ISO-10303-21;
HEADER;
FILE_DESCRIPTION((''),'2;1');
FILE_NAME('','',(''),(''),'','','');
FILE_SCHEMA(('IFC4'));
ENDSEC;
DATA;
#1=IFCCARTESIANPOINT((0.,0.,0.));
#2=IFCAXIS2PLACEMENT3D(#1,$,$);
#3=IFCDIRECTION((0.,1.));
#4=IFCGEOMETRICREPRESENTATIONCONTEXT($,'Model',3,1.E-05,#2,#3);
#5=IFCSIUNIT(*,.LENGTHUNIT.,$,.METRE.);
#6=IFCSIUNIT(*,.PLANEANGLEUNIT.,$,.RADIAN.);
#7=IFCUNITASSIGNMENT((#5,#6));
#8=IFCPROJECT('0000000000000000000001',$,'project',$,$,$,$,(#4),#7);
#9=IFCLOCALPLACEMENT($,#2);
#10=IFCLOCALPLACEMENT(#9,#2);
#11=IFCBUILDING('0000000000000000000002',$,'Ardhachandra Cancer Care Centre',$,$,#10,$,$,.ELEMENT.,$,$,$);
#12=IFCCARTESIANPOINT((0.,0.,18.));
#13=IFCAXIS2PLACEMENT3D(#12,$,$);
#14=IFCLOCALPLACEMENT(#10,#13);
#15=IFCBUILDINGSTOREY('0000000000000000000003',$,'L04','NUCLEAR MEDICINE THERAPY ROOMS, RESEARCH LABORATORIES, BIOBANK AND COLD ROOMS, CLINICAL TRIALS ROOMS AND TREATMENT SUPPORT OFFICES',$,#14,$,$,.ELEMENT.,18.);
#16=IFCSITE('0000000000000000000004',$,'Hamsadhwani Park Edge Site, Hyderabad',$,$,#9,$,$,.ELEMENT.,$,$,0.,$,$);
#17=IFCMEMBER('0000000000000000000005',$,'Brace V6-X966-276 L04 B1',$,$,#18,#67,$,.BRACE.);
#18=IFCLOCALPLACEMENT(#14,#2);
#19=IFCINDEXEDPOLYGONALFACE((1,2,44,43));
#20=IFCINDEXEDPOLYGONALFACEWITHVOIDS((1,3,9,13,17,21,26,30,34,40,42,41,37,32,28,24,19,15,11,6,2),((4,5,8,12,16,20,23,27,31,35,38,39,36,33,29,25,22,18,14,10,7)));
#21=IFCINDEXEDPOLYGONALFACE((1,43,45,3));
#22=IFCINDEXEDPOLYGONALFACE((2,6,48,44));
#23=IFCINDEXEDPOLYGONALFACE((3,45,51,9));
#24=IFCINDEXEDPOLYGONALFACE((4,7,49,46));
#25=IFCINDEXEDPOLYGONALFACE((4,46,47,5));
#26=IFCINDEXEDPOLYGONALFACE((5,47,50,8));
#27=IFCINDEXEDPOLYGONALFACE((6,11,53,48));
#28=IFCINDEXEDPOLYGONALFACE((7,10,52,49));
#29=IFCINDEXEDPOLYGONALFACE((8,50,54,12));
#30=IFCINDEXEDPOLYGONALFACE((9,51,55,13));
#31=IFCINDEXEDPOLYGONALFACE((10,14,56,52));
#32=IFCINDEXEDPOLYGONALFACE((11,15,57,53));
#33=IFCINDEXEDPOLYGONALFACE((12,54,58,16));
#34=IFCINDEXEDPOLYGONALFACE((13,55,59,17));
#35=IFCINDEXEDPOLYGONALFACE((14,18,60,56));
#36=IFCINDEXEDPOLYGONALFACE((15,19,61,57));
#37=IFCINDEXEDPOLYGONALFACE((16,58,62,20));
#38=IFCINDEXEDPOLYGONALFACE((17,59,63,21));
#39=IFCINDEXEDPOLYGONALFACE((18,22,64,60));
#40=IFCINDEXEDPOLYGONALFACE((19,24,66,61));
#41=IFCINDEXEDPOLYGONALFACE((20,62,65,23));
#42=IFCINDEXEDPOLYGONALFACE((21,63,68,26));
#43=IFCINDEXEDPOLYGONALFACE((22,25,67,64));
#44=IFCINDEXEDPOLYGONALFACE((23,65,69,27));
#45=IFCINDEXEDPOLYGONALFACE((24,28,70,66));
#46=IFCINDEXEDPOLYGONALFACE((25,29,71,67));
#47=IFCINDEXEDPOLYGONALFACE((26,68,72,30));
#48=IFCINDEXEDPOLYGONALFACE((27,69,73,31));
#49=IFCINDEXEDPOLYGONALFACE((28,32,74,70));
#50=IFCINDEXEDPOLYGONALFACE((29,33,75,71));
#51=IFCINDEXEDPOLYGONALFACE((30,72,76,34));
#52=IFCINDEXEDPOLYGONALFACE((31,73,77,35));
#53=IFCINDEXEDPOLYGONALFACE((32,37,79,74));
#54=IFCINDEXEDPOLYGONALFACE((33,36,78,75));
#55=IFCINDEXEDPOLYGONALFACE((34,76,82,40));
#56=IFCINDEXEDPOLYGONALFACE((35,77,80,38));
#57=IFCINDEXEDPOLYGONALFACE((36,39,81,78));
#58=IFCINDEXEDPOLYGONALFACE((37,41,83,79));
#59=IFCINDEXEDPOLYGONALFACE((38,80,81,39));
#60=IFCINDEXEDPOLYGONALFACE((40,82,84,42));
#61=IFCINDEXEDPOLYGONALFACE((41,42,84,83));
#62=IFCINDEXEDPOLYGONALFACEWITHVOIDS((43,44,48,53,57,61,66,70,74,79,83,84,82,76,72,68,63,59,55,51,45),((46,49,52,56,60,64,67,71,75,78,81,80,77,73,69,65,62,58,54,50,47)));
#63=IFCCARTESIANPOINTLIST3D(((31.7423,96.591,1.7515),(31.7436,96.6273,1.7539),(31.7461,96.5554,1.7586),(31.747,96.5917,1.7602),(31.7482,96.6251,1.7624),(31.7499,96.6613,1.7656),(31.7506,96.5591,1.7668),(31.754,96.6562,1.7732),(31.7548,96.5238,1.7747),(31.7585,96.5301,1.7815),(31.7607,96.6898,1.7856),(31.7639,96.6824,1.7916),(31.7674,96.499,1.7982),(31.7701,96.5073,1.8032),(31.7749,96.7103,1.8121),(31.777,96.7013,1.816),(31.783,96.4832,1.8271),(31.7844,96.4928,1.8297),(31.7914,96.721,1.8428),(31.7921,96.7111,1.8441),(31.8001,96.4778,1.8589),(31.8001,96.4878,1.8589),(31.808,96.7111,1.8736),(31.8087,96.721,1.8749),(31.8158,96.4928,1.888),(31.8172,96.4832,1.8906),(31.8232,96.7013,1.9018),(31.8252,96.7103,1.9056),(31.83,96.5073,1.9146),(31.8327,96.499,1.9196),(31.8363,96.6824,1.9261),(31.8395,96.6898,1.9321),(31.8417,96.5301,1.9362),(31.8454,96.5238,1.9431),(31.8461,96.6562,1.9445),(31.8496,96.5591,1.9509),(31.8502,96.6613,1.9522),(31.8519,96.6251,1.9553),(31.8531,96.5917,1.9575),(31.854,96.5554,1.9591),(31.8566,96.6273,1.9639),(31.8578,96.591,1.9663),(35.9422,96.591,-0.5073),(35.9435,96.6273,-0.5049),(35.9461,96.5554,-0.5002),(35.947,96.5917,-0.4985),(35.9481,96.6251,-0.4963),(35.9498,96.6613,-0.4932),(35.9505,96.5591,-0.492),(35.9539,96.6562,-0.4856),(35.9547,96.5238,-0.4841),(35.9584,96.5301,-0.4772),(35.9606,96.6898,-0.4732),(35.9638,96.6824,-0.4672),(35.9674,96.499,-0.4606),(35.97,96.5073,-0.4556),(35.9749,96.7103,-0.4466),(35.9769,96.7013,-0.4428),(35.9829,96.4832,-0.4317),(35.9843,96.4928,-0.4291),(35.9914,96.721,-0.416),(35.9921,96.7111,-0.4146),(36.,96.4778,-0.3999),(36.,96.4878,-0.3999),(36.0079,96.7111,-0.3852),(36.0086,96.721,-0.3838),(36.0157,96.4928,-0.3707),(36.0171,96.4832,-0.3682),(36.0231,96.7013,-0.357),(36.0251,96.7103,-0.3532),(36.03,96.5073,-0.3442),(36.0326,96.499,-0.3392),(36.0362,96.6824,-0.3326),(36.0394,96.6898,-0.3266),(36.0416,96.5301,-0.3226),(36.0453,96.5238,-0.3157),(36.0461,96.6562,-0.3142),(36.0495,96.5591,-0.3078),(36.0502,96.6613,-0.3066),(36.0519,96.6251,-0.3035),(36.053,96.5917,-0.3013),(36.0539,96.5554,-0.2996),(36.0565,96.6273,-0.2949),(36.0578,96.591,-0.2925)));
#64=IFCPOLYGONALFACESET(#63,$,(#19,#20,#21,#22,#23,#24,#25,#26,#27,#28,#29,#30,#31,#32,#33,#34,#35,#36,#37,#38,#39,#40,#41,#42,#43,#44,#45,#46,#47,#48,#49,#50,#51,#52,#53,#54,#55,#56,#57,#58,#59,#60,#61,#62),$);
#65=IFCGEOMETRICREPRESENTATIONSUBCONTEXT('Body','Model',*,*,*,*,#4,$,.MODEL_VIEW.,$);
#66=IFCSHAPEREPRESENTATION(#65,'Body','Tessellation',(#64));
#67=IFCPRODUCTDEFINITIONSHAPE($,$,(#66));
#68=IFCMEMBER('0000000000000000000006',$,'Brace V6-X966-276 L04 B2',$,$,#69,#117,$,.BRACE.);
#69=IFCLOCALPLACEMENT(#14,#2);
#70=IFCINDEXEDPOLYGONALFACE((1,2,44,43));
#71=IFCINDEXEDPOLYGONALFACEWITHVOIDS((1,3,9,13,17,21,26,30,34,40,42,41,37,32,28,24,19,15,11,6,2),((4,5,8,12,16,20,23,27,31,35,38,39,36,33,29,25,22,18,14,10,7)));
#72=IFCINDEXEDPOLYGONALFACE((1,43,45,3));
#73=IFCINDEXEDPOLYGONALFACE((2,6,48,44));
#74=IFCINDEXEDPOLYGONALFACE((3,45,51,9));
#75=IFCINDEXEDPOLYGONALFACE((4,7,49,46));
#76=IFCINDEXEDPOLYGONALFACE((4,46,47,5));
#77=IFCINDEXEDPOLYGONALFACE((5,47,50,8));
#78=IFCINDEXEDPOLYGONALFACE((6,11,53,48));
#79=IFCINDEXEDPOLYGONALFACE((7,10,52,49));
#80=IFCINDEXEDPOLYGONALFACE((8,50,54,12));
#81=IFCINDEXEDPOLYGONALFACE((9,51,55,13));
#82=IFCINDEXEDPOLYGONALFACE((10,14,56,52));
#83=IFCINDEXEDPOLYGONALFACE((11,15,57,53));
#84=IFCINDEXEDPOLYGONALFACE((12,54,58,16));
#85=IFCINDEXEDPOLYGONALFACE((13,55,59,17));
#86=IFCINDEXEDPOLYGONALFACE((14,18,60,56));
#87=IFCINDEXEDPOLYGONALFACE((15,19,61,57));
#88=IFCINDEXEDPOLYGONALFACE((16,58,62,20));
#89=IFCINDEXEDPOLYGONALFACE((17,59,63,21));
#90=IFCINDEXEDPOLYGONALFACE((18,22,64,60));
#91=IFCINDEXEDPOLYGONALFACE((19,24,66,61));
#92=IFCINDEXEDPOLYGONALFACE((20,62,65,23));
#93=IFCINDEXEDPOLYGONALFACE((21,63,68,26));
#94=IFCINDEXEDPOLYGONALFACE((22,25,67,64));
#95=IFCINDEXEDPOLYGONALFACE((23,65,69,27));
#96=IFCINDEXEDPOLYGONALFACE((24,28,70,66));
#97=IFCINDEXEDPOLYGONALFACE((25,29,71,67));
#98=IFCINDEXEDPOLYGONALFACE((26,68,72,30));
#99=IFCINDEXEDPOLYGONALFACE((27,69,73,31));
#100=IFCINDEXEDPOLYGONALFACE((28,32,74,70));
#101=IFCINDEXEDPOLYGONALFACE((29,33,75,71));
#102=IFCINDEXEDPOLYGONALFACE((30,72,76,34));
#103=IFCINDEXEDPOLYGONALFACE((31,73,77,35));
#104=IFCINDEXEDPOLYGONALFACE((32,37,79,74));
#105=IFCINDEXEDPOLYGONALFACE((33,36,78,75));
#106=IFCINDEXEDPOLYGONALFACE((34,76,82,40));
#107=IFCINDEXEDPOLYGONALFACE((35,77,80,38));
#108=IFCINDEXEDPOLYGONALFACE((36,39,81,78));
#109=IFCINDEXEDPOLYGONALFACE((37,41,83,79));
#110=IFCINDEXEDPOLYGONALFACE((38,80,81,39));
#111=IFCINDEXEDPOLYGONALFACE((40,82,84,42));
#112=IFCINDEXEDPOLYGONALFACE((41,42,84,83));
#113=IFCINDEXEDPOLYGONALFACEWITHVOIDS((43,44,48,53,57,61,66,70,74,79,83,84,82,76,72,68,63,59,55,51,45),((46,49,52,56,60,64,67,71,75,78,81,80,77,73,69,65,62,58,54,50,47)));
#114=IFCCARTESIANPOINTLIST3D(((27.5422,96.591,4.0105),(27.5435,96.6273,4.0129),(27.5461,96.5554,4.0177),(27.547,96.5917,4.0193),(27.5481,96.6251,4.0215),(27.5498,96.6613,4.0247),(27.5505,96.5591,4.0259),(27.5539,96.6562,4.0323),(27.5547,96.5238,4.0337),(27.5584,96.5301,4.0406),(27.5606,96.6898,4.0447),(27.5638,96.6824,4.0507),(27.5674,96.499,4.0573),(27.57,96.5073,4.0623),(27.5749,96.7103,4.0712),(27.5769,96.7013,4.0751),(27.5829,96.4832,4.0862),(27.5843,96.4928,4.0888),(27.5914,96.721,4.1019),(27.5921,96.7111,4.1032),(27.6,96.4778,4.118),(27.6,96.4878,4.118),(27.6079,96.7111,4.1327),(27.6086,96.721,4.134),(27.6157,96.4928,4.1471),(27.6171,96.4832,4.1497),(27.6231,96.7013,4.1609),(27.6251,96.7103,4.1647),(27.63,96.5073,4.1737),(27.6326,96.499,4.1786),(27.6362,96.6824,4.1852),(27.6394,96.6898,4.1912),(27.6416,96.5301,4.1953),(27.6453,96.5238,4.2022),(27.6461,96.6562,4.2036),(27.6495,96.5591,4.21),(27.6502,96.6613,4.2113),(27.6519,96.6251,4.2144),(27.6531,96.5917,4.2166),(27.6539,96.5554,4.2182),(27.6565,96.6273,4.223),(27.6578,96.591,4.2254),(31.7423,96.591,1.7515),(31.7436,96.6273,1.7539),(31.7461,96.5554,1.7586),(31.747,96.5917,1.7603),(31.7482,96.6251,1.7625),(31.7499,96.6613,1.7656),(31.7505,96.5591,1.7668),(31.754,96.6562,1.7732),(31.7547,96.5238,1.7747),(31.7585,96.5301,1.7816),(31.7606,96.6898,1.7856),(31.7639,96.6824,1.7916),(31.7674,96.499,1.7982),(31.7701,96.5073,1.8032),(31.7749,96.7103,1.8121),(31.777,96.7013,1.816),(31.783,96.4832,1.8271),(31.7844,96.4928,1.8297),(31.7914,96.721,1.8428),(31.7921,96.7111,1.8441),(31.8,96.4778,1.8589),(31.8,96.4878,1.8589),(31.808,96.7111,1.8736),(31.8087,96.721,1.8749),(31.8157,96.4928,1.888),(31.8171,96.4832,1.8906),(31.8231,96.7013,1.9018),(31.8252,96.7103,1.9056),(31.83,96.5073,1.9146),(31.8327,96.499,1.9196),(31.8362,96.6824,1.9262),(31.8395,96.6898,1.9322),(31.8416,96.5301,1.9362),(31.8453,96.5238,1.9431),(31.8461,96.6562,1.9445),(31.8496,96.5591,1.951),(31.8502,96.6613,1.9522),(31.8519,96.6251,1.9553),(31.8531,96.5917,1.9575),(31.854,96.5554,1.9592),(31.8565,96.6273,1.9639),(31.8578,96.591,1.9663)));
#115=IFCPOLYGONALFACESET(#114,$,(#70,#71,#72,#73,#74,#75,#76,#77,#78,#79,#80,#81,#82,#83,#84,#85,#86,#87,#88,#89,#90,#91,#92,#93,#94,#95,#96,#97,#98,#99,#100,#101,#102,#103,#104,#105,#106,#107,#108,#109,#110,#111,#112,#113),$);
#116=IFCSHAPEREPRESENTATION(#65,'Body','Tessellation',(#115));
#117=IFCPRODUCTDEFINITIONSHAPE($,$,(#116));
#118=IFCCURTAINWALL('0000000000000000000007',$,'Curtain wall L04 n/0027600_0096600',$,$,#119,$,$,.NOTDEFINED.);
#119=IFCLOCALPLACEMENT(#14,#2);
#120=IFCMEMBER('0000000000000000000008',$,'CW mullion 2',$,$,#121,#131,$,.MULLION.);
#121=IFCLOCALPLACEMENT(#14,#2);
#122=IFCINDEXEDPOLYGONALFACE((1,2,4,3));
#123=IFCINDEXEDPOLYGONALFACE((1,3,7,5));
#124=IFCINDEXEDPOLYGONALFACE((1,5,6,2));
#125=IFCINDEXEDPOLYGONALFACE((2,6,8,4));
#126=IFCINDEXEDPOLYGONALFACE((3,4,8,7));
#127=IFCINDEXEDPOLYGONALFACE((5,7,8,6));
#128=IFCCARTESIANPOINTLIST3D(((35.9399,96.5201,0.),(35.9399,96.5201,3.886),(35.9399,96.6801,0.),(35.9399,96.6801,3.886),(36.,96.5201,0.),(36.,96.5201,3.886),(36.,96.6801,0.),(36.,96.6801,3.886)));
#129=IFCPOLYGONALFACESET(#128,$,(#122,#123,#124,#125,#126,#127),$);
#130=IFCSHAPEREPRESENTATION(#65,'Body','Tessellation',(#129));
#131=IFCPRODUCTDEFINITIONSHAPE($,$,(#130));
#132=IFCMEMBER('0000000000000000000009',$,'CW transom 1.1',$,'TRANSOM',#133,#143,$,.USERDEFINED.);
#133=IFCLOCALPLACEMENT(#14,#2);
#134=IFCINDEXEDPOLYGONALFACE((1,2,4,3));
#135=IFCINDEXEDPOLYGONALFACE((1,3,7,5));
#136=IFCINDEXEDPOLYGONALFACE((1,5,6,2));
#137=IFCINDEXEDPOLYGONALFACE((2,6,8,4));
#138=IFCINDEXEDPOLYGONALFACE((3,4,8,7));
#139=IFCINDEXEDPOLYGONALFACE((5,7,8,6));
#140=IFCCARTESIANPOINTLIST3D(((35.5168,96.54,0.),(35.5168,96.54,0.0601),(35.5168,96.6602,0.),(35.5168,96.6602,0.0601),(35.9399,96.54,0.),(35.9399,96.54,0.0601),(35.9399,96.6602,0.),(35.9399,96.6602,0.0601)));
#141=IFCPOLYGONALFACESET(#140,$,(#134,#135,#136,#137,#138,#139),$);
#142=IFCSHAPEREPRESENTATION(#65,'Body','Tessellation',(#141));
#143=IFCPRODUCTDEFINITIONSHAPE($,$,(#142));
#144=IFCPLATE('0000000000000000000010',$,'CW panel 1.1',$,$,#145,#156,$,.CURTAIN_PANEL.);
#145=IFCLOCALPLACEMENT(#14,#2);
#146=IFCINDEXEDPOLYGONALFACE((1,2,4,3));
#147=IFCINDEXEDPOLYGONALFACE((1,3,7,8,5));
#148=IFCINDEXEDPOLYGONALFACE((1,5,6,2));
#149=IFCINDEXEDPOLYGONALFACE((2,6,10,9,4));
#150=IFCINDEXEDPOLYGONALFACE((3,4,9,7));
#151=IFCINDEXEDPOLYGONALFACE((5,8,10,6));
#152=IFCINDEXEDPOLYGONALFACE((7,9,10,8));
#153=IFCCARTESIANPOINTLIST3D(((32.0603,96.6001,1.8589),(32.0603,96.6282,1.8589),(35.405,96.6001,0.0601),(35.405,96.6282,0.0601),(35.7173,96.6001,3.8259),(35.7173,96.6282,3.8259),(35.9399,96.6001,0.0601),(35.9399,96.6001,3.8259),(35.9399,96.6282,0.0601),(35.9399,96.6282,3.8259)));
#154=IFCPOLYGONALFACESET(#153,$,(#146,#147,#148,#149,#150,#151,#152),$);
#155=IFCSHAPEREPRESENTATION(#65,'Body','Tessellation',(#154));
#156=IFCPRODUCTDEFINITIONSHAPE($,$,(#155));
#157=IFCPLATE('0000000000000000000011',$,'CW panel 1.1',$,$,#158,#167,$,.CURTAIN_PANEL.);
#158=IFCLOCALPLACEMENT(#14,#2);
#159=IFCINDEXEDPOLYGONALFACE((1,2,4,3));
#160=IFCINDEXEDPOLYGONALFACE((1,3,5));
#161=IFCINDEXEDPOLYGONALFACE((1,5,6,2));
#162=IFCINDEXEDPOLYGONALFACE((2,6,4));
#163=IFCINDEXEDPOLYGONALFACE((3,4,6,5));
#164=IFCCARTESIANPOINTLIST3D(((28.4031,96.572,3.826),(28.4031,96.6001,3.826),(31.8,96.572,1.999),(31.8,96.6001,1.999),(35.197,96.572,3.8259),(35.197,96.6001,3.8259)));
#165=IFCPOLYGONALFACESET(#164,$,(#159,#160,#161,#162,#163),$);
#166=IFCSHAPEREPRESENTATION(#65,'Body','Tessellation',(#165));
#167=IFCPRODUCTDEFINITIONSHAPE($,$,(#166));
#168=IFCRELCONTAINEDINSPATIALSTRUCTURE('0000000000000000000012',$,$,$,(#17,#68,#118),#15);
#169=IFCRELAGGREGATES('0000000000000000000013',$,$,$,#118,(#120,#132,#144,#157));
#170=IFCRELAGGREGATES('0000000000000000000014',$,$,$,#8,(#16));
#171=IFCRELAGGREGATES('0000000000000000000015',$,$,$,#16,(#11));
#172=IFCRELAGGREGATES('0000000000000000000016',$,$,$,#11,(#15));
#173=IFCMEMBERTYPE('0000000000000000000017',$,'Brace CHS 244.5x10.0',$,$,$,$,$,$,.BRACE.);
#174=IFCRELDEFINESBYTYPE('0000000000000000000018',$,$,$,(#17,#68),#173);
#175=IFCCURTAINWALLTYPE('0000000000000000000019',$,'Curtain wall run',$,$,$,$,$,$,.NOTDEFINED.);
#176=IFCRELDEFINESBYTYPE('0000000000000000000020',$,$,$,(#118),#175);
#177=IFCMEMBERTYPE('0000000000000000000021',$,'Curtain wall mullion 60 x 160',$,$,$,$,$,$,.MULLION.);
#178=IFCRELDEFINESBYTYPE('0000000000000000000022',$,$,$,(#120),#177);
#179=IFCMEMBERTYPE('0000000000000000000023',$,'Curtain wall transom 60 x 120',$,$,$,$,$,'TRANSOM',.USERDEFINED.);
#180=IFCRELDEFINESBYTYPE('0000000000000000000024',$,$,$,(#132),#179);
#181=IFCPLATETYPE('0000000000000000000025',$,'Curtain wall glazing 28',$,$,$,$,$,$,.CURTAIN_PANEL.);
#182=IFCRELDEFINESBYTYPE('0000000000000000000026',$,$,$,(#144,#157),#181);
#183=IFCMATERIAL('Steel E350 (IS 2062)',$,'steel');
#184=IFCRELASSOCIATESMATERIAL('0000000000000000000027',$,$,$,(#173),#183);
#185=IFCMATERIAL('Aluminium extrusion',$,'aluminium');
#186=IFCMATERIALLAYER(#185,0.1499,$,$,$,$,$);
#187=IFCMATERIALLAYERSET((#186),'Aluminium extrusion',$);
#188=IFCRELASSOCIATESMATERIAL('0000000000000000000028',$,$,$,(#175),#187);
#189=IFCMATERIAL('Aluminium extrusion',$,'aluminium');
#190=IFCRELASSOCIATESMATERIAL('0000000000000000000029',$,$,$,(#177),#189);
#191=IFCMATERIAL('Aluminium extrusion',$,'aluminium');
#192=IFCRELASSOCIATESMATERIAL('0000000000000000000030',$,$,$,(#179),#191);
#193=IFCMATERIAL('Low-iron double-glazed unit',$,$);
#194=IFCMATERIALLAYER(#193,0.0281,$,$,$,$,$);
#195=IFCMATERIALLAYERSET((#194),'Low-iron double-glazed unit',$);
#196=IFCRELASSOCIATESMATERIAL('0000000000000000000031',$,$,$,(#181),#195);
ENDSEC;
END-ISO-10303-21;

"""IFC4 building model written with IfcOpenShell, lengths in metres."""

from ifc_helpers import new_model, si_unit, direction, frame, origin, origin_2d, place, context, subcontext, project, spatial, polyline, rectangle, hollow_circle, outline, extrude, material, layer, layer_set, material_profile, profile_set, type_object, element, aggregate, save


model = new_model("IFC4")

# Units and contexts
model_context = context("Model", 3, precision=1e-05, world=origin(), true_north=direction((0.0, 1.0)))
body_context = subcontext(model_context, "Body", "Model", "MODEL_VIEW")
ifc_project = project(units=[si_unit("LENGTHUNIT", "METRE"), si_unit("PLANEANGLEUNIT", "RADIAN")], contexts=[model_context])

# Site, building, storey
site_placement = place(None, origin())
site = spatial("IfcSite", under=ifc_project, at=site_placement, Name="Hamsadhwani Park Edge Site, Hyderabad", CompositionType="ELEMENT", RefElevation=0.0)
building_placement = place(site_placement, origin())
building = spatial("IfcBuilding", under=site, at=building_placement, Name="Ardhachandra Cancer Care Centre", CompositionType="ELEMENT")
storey_placement = place(building_placement, frame((0.0, 0.0, 18.0)))
storey = spatial("IfcBuildingStorey", under=building, at=storey_placement, Name="L04", Description="NUCLEAR MEDICINE THERAPY ROOMS, RESEARCH LABORATORIES, BIOBANK AND COLD ROOMS, CLINICAL TRIALS ROOMS AND TREATMENT SUPPORT OFFICES", CompositionType="ELEMENT", Elevation=18.0)

# Members
ifc_material_1 = material(Name="Steel E350 (IS 2062)", Category="steel")
ifc_material_profile_1 = material_profile(ifc_material_1, hollow_circle(Radius=0.1223, WallThickness=0.01, at=origin_2d()), Name="CHS 244.5x10.0")
ifc_profile_set_1 = profile_set([ifc_material_profile_1], Name="Steel E350 (IS 2062)")
member_type_1 = type_object("IfcMemberType", Name="Brace CHS 244.5x10.0", PredefinedType="BRACE", material=ifc_profile_set_1)
member_1_placement = place(storey_placement, frame((36.0, 96.6001, -0.3999), z_axis=(-0.880709, 0.0, 0.473657), x_axis=(0.0, -1.0, 0.0)))
element("IfcMember", 1, at=member_1_placement, inside=storey, type_object=member_type_1, Name="Brace V6-X966-276 L04 B1", PredefinedType="BRACE", context=body_context, shape_type="SweptSolid", body=[
    extrude(hollow_circle(Radius=0.1223, WallThickness=0.01, at=origin_2d()), origin(), (0.0, 0.0, 1.0), 4.7688),
])
member_2_placement = place(storey_placement, frame((31.8, 96.6001, 1.8589), z_axis=(-0.880688, 0.0, 0.473697), x_axis=(0.0, -1.0, 0.0)))
element("IfcMember", 2, at=member_2_placement, inside=storey, type_object=member_type_1, Name="Brace V6-X966-276 L04 B2", PredefinedType="BRACE", context=body_context, shape_type="SweptSolid", body=[
    extrude(hollow_circle(Radius=0.1223, WallThickness=0.01, at=origin_2d()), origin(), (0.0, 0.0, 1.0), 4.769),
])

# Curtain wall, members, plates
ifc_material_2 = material(Name="Aluminium extrusion", Category="aluminium")
ifc_layer_1 = layer(ifc_material_2, 0.1499)
ifc_layer_set_1 = layer_set([ifc_layer_1], Name="Aluminium extrusion")
curtain_wall_type = type_object("IfcCurtainWallType", Name="Curtain wall run", PredefinedType="NOTDEFINED", material=ifc_layer_set_1)
curtain_wall_placement = place(storey_placement, origin())
curtain_wall = element("IfcCurtainWall", 3, at=curtain_wall_placement, inside=storey, type_object=curtain_wall_type, Name="Curtain wall L04 n/0027600_0096600", PredefinedType="NOTDEFINED")
ifc_material_3 = material(Name="Aluminium extrusion", Category="aluminium")
ifc_material_profile_2 = material_profile(ifc_material_3, rectangle(XDim=0.1599, YDim=0.0601, at=origin_2d()), Name="Curtain wall mullion 60 x 160")
ifc_profile_set_2 = profile_set([ifc_material_profile_2], Name="Aluminium extrusion")
member_type_2 = type_object("IfcMemberType", Name="Curtain wall mullion 60 x 160", PredefinedType="MULLION", material=ifc_profile_set_2)
member_3_placement = place(storey_placement, frame((35.97, 96.6001, 0.0), z_axis=(0.0, 0.0, 1.0), x_axis=(0.0, 1.0, 0.0)))
member_3 = element("IfcMember", 4, at=member_3_placement, type_object=member_type_2, Name="CW mullion 2", PredefinedType="MULLION", context=body_context, shape_type="SweptSolid", body=[
    extrude(rectangle(XDim=0.1599, YDim=0.0601, at=origin_2d()), origin(), (0.0, 0.0, 1.0), 3.886),
])
ifc_material_4 = material(Name="Aluminium extrusion", Category="aluminium")
ifc_material_profile_3 = material_profile(ifc_material_4, rectangle(XDim=0.1201, YDim=0.0601, at=origin_2d()), Name="Curtain wall transom 60 x 120")
ifc_profile_set_3 = profile_set([ifc_material_profile_3], Name="Aluminium extrusion")
member_type_3 = type_object("IfcMemberType", Name="Curtain wall transom 60 x 120", ElementType="TRANSOM", PredefinedType="USERDEFINED", material=ifc_profile_set_3)
member_4_placement = place(storey_placement, frame((35.5168, 96.6001, 0.03), z_axis=(1.0, 0.0, 0.0), x_axis=(0.0, 1.0, 0.0)))
member_4 = element("IfcMember", 5, at=member_4_placement, type_object=member_type_3, Name="CW transom 1.1", ObjectType="TRANSOM", PredefinedType="USERDEFINED", context=body_context, shape_type="SweptSolid", body=[
    extrude(rectangle(XDim=0.1201, YDim=0.0601, at=origin_2d()), origin(), (0.0, 0.0, 1.0), 0.4231),
])
ifc_material_5 = material(Name="Low-iron double-glazed unit")
ifc_layer_2 = layer(ifc_material_5, 0.0281)
ifc_layer_set_2 = layer_set([ifc_layer_2], Name="Low-iron double-glazed unit")
plate_type = type_object("IfcPlateType", Name="Curtain wall glazing 28", PredefinedType="CURTAIN_PANEL", material=ifc_layer_set_2)
plate_1_placement = place(storey_placement, frame((35.9399, 96.6001, 3.8259), z_axis=(0.0, 1.0, 0.0), x_axis=(0.0, 0.0, -1.0)))
plate_1 = element("IfcPlate", 6, at=plate_1_placement, type_object=plate_type, Name="CW panel 1.1", PredefinedType="CURTAIN_PANEL", context=body_context, shape_type="SweptSolid", body=[
    extrude(outline(polyline([(0.0, 0.0), (3.7659, 0.0), (3.7659, 0.5349), (1.967, 3.8796), (0.0, 0.2227), (0.0, 0.0)])), origin(), (0.0, 0.0, 1.0), 0.0281),
])
plate_2_placement = place(storey_placement, frame((35.197, 96.6001, 3.8259), z_axis=(0.0, 1.0, 0.0), x_axis=(-0.880713, 0.0, -0.473651)))
plate_2 = element("IfcPlate", 7, at=plate_2_placement, type_object=plate_type, Name="CW panel 1.1", PredefinedType="CURTAIN_PANEL", context=body_context, shape_type="SweptSolid", body=[
    extrude(outline(polyline([(0.0, 0.0), (3.8572, 0.0), (5.9834, 3.218), (0.0, 0.0)])), frame((0.0, 0.0, -0.0281)), (0.0, 0.0, 1.0), 0.0281),
])
aggregate(curtain_wall, [member_3, member_4, plate_1, plate_2])

save(model, "model.ifc")
